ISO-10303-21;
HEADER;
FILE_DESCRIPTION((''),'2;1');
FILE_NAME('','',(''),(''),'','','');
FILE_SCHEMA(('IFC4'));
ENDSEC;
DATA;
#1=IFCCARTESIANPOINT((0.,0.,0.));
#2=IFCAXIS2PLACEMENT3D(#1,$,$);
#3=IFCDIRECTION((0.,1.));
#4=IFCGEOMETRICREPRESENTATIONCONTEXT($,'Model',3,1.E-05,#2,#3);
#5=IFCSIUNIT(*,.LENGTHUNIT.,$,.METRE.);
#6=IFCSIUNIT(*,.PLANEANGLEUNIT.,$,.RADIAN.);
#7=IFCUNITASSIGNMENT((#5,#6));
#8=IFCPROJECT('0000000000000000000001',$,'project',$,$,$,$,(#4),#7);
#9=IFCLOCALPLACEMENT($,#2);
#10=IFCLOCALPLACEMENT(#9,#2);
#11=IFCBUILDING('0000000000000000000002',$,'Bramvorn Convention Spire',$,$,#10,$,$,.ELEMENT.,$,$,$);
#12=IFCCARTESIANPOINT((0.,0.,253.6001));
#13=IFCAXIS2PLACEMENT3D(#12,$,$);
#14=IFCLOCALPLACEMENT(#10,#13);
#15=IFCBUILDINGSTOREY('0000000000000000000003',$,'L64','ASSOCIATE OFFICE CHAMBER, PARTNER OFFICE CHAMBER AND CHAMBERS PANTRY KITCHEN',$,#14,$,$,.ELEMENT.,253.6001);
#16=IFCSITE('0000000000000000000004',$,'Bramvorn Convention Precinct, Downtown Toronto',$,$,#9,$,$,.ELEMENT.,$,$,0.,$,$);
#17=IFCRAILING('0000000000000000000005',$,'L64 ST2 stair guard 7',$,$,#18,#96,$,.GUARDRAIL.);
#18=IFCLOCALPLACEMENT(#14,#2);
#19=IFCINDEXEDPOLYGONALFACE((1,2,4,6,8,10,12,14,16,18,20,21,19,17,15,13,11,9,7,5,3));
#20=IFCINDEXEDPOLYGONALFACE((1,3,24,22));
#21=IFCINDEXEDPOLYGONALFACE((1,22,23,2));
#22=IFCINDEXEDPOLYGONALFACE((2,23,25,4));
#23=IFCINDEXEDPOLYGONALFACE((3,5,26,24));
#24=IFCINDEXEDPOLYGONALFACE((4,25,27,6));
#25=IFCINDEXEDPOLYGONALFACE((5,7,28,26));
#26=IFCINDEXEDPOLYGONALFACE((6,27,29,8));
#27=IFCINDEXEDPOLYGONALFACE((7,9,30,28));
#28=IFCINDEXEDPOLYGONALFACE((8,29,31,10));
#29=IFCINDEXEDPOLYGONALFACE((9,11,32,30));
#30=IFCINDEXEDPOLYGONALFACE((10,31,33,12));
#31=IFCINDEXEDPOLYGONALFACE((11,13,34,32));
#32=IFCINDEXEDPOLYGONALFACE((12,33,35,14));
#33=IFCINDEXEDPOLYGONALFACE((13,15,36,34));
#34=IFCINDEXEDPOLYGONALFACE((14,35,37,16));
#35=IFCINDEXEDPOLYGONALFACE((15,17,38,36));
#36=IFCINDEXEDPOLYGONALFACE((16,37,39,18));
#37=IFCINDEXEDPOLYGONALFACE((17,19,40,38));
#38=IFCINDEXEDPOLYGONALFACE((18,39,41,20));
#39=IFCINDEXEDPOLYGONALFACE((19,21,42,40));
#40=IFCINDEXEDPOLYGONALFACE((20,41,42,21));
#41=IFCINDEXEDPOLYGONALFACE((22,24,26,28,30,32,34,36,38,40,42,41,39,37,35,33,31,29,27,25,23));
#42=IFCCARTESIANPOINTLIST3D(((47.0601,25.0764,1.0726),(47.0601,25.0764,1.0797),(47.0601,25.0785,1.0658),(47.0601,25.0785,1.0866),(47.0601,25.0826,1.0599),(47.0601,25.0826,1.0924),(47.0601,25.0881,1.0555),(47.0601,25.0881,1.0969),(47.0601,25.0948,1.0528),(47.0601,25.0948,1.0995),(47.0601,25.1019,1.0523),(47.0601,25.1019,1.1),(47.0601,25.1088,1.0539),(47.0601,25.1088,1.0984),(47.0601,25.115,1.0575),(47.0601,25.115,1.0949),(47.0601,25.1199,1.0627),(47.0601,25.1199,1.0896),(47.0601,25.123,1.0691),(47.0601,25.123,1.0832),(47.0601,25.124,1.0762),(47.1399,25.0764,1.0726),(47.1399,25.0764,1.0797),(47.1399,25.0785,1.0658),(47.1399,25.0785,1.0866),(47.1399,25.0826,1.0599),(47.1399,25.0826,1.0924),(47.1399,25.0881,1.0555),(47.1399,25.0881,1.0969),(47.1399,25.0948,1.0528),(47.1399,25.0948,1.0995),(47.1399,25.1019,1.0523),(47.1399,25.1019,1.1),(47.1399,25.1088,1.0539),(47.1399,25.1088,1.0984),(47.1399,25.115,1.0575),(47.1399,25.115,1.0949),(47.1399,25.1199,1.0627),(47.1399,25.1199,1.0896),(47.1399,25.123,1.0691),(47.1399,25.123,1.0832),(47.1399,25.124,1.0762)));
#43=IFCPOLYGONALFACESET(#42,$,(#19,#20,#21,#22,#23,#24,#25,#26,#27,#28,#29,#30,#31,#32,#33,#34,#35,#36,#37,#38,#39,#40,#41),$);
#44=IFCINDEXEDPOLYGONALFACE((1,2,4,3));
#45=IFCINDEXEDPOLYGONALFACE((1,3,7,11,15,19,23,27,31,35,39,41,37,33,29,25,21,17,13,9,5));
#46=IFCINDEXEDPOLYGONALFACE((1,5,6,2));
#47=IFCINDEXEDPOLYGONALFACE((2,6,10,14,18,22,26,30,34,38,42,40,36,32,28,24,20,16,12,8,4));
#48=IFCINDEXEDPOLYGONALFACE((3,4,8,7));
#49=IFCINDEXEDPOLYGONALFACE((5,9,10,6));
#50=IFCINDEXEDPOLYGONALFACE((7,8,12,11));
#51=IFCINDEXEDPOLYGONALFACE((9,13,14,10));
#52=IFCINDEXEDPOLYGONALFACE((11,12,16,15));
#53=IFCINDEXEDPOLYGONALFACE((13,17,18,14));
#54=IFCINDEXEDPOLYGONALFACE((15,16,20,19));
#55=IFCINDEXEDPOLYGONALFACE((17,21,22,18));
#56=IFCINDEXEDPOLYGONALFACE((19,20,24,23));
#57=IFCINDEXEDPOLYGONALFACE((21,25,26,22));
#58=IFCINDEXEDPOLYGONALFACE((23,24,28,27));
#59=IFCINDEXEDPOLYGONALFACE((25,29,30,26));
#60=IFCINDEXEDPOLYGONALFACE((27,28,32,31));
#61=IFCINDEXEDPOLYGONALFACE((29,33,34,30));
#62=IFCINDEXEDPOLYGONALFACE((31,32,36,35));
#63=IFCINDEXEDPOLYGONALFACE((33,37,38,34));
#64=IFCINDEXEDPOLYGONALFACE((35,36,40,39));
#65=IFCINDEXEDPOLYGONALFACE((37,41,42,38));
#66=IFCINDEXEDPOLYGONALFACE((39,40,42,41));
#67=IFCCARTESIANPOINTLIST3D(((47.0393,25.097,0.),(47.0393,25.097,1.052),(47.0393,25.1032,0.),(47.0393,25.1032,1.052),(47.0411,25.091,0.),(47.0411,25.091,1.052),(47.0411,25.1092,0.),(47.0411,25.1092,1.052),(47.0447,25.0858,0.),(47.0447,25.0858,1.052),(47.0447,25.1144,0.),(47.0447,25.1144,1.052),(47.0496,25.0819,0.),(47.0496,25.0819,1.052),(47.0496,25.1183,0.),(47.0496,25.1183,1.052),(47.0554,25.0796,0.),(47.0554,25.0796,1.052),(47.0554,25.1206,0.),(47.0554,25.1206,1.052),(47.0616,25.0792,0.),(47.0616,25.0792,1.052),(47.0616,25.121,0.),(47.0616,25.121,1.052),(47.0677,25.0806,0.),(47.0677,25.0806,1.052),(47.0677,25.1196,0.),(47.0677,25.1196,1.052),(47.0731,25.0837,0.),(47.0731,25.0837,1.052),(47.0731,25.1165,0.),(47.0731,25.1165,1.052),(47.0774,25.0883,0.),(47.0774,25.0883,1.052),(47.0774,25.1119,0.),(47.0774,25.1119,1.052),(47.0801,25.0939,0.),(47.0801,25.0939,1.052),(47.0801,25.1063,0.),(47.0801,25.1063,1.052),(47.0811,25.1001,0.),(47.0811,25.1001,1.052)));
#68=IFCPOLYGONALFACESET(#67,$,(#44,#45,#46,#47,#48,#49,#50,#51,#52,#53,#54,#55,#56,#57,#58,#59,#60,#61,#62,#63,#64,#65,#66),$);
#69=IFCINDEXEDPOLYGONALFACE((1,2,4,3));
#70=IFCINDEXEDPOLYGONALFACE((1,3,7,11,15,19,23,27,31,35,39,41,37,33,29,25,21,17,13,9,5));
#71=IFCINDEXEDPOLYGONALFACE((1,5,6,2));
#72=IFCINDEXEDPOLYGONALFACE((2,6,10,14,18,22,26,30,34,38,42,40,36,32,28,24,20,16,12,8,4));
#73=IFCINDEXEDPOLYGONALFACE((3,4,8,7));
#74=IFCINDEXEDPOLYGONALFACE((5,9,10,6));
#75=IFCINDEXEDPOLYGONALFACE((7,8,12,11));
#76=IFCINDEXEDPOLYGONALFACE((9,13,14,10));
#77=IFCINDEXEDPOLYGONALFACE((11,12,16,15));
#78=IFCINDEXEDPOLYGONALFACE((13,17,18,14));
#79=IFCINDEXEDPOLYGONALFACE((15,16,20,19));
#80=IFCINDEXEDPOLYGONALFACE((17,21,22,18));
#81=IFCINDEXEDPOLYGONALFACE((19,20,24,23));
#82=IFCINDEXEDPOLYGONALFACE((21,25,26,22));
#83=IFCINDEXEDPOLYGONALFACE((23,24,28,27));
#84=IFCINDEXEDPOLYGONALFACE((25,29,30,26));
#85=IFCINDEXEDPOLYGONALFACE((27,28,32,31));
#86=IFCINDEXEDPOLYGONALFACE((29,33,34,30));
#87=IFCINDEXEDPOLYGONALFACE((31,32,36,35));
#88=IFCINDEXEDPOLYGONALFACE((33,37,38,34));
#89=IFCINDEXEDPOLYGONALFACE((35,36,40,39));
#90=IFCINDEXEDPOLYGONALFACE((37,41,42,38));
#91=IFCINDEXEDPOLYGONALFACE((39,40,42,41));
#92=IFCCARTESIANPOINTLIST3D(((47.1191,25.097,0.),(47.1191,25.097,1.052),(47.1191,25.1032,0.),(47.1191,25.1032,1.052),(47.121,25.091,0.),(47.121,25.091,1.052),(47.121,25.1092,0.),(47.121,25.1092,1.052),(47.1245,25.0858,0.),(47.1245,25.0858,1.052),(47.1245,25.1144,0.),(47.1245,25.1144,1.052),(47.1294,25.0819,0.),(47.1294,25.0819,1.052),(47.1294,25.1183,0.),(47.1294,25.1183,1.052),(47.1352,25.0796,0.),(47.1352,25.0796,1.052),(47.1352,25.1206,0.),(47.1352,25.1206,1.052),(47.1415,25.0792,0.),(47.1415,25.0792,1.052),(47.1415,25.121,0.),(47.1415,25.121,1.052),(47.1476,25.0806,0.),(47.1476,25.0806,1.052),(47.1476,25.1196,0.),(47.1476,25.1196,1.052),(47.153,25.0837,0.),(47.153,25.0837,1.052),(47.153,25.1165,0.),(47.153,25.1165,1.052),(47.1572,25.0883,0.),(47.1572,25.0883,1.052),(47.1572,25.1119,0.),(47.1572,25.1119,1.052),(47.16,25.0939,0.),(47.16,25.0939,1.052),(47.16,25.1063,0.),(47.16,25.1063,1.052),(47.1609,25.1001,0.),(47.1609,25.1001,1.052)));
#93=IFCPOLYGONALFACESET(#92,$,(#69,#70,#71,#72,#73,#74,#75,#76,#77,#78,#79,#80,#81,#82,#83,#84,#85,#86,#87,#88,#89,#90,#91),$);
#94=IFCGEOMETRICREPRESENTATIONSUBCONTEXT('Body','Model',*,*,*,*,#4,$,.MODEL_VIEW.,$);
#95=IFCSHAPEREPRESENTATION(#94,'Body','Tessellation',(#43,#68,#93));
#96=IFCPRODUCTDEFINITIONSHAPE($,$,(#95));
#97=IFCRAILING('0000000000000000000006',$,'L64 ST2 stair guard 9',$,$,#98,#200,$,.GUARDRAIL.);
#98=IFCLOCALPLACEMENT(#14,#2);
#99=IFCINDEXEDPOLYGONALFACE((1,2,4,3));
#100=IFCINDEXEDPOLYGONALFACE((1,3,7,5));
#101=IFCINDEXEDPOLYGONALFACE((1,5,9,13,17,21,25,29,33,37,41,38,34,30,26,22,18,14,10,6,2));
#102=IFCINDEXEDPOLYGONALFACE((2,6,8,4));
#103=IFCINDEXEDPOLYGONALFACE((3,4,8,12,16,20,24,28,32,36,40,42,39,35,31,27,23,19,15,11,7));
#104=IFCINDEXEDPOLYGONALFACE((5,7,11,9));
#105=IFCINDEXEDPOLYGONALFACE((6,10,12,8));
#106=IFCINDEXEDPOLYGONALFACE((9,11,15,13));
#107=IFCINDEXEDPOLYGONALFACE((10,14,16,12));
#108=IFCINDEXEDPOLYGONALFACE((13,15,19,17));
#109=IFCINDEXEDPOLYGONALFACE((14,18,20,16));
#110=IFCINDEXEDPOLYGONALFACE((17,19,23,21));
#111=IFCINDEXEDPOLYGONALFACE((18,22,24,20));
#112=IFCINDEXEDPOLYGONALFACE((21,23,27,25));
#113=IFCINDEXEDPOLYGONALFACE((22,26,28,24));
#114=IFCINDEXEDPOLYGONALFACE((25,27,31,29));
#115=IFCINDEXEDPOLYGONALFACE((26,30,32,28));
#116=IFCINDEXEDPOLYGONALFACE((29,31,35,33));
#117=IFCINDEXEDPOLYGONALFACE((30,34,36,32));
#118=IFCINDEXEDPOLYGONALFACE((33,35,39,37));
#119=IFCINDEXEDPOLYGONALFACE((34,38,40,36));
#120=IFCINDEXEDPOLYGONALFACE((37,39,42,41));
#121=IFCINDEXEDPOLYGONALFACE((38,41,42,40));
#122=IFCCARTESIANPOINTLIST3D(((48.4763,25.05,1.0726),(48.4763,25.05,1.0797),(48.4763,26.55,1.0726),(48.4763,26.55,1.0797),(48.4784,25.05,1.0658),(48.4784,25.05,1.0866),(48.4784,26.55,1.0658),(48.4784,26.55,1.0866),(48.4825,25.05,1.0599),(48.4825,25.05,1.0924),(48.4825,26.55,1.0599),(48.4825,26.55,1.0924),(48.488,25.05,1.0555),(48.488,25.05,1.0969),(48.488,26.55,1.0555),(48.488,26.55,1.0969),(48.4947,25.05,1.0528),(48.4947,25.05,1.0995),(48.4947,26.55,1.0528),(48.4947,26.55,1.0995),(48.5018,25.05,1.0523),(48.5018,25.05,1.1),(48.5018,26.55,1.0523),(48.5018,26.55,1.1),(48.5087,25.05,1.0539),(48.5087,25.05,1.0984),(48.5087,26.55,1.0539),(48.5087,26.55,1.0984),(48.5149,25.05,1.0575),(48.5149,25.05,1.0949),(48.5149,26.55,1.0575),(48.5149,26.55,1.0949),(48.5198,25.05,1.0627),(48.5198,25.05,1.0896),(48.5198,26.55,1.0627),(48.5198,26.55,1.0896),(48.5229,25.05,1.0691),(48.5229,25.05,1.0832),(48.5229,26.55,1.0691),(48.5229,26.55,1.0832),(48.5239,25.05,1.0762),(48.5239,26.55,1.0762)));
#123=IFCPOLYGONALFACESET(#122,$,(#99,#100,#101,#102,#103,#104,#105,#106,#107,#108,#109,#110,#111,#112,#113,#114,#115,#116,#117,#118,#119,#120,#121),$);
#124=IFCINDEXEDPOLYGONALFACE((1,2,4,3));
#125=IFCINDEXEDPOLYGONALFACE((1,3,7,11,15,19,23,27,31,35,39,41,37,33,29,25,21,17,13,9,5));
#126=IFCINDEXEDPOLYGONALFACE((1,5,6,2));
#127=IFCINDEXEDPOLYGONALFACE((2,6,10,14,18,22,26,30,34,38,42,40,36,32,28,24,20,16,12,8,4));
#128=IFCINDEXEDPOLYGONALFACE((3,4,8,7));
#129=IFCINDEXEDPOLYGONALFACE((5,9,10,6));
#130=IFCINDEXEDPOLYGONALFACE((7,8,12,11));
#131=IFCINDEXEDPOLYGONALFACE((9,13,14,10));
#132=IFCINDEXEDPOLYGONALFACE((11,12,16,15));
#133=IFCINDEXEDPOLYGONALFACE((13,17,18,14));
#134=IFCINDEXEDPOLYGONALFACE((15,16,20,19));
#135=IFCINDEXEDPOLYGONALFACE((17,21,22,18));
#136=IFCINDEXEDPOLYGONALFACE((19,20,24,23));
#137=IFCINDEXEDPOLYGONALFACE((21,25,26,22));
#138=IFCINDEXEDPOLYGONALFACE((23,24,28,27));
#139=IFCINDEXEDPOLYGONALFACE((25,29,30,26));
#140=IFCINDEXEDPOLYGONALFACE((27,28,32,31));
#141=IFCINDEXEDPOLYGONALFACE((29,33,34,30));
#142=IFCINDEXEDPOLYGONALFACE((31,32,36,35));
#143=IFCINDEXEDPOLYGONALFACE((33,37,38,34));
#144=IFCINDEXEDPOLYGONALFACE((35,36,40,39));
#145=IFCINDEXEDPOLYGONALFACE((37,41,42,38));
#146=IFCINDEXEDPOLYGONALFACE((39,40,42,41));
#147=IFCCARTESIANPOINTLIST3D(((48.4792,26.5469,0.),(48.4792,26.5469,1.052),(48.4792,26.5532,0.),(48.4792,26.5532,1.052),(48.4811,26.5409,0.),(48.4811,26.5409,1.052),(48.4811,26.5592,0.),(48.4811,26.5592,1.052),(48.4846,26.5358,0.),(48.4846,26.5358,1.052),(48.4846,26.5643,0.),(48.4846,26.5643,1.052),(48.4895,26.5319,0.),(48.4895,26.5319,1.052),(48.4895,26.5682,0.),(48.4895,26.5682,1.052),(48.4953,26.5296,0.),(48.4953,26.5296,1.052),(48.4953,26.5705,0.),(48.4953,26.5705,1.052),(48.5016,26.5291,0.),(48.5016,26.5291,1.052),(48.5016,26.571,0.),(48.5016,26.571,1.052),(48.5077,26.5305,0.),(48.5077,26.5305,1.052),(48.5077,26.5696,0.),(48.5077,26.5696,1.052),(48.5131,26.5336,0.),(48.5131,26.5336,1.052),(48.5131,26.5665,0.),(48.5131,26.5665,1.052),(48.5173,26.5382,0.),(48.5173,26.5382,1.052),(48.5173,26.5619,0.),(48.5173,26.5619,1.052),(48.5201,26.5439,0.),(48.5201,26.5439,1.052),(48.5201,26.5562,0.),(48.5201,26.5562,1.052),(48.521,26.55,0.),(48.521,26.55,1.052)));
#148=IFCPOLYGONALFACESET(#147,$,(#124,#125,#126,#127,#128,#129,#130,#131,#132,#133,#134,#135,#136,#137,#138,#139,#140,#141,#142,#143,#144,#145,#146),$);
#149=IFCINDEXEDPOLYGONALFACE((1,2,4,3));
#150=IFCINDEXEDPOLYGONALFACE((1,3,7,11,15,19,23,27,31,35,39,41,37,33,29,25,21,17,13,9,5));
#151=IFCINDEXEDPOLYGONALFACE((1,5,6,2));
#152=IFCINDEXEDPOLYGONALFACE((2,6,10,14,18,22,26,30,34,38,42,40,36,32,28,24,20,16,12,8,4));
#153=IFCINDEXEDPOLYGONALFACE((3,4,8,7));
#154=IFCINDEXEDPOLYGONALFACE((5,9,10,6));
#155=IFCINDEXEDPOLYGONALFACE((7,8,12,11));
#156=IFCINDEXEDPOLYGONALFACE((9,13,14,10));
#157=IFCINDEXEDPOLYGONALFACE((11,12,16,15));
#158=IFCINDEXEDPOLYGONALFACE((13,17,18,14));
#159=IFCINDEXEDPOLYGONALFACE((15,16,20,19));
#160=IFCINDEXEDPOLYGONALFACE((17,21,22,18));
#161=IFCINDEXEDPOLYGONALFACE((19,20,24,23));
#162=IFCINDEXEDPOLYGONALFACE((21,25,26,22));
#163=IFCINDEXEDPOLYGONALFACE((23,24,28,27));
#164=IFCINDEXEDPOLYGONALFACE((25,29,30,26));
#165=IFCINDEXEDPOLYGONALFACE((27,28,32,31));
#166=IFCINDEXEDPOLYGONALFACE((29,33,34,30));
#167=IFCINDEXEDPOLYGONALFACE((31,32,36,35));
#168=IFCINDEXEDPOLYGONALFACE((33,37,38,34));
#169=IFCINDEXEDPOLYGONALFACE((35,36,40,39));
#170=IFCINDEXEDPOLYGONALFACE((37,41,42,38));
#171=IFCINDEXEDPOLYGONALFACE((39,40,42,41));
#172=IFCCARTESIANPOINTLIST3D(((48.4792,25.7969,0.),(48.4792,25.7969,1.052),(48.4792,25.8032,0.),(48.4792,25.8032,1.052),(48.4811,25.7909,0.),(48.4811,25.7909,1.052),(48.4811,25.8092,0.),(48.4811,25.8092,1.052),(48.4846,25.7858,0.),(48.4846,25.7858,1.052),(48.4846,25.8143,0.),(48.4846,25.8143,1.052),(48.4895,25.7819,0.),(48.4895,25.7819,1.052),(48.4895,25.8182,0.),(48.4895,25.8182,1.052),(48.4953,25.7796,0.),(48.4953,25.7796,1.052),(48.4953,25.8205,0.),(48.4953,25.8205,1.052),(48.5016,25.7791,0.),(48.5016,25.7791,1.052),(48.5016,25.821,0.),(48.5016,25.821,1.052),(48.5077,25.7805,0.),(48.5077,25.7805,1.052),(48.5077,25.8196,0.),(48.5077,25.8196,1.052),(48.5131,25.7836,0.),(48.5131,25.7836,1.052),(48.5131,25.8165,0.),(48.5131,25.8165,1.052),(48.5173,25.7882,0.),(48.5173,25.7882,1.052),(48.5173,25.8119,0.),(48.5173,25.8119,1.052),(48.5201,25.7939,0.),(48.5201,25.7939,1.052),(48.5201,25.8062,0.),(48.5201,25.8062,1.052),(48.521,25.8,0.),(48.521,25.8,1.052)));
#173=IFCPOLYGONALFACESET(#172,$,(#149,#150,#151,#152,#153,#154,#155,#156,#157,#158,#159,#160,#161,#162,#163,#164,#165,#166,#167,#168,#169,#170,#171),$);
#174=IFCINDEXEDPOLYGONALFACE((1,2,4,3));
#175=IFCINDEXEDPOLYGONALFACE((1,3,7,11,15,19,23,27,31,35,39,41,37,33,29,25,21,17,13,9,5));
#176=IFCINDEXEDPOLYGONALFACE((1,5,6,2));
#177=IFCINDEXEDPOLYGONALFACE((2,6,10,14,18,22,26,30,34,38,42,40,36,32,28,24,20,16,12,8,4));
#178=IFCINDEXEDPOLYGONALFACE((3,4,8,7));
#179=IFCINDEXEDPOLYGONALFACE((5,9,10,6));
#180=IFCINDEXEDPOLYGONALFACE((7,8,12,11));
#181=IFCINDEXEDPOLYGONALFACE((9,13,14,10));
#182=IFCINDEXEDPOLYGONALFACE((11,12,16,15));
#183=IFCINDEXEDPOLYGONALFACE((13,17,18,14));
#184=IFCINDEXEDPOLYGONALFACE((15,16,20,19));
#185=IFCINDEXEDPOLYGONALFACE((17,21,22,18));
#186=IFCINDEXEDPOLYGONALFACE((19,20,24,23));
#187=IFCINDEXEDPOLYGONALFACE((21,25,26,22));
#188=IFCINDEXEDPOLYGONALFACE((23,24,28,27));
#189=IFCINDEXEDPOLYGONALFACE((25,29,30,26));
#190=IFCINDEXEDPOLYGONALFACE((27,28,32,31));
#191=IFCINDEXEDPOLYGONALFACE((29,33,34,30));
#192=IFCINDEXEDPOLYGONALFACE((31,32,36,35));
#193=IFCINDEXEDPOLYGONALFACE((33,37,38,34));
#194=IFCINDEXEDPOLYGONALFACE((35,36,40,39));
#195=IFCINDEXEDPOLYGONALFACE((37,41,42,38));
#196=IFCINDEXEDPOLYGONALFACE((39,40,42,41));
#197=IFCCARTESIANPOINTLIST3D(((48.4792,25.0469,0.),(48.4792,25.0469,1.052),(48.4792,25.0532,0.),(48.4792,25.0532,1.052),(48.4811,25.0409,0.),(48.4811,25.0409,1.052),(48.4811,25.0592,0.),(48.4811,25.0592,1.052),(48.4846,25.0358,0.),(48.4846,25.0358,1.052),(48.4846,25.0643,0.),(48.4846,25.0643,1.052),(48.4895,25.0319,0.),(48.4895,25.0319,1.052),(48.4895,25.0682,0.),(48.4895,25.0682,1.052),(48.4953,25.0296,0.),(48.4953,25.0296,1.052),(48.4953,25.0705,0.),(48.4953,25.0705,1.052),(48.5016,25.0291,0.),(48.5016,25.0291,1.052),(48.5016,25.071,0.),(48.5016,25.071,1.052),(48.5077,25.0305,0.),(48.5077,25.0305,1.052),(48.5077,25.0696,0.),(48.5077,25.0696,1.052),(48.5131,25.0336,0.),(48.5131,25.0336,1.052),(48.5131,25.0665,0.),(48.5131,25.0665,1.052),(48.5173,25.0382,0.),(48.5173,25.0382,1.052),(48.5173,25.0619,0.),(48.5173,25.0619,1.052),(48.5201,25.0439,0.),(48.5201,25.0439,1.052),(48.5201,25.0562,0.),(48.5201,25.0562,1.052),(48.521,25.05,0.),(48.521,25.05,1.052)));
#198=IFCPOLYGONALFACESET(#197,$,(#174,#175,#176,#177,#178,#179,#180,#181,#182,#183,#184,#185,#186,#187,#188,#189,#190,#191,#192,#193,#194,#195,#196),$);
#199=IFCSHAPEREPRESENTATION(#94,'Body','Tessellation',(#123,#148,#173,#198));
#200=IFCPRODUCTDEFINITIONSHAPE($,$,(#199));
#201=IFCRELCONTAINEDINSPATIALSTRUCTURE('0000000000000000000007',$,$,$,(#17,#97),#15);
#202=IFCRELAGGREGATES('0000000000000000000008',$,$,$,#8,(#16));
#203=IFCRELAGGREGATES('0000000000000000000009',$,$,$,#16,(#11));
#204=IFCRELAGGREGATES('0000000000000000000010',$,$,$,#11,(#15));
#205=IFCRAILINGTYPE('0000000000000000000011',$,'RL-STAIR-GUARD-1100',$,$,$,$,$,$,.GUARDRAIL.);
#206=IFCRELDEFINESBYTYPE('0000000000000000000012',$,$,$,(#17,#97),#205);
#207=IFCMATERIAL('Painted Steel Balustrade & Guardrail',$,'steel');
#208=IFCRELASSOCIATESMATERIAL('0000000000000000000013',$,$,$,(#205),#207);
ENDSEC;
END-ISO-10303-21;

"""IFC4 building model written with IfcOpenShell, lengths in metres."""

from ifc_helpers import new_model, si_unit, direction, frame, origin, origin_2d, place, context, subcontext, project, spatial, circle, extrude, material, type_object, element, save


model = new_model("IFC4")

# Units and contexts
model_context = context("Model", 3, precision=1e-05, world=origin(), true_north=direction((0.0, 1.0)))
body_context = subcontext(model_context, "Body", "Model", "MODEL_VIEW")
ifc_project = project(units=[si_unit("LENGTHUNIT", "METRE"), si_unit("PLANEANGLEUNIT", "RADIAN")], contexts=[model_context])

# Site, building, storey
site_placement = place(None, origin())
site = spatial("IfcSite", under=ifc_project, at=site_placement, Name="Bramvorn Convention Precinct, Downtown Toronto", CompositionType="ELEMENT", RefElevation=0.0)
building_placement = place(site_placement, origin())
building = spatial("IfcBuilding", under=site, at=building_placement, Name="Bramvorn Convention Spire", CompositionType="ELEMENT")
storey_placement = place(building_placement, frame((0.0, 0.0, 253.6001)))
storey = spatial("IfcBuildingStorey", under=building, at=storey_placement, Name="L64", Description="ASSOCIATE OFFICE CHAMBER, PARTNER OFFICE CHAMBER AND CHAMBERS PANTRY KITCHEN", CompositionType="ELEMENT", Elevation=253.6001)

# Railings
ifc_material_1 = material(Name="Painted Steel Balustrade & Guardrail", Category="steel")
railing_type_1 = type_object("IfcRailingType", Name="RL-STAIR-GUARD-1100", PredefinedType="GUARDRAIL", material=ifc_material_1)
railing_1_placement = place(storey_placement, frame((47.0601, 25.1001, 0.0)))
element("IfcRailing", 1, at=railing_1_placement, inside=storey, type_object=railing_type_1, Name="L64 ST2 stair guard 7", PredefinedType="GUARDRAIL", context=body_context, shape_type="SweptSolid", body=[
    extrude(circle(Radius=0.0239, at=origin_2d()), frame((0.0, 0.0, 1.0762), z_axis=(1.0, 0.0, 0.0), x_axis=(0.0, 1.0, 0.0)), (0.0, 0.0, 1.0), 0.0798),
    extrude(circle(Radius=0.021, at=origin_2d()), origin(), (0.0, 0.0, 1.0), 1.052),
    extrude(circle(Radius=0.021, at=origin_2d()), frame((0.0798, 0.0, 0.0)), (0.0, 0.0, 1.0), 1.052),
])
railing_2_placement = place(storey_placement, frame((48.5, 26.55, 0.0)))
element("IfcRailing", 2, at=railing_2_placement, inside=storey, type_object=railing_type_1, Name="L64 ST2 stair guard 9", PredefinedType="GUARDRAIL", context=body_context, shape_type="SweptSolid", body=[
    extrude(circle(Radius=0.0239, at=origin_2d()), frame((0.0, 0.0, 1.0762), z_axis=(0.0, -1.0, 0.0), x_axis=(1.0, 0.0, 0.0)), (0.0, 0.0, 1.0), 1.5),
    extrude(circle(Radius=0.021, at=origin_2d()), origin(), (0.0, 0.0, 1.0), 1.052),
    extrude(circle(Radius=0.021, at=origin_2d()), frame((0.0, -0.75, 0.0)), (0.0, 0.0, 1.0), 1.052),
    extrude(circle(Radius=0.021, at=origin_2d()), frame((0.0, -1.5, 0.0)), (0.0, 0.0, 1.0), 1.052),
])

save(model, "model.ifc")
